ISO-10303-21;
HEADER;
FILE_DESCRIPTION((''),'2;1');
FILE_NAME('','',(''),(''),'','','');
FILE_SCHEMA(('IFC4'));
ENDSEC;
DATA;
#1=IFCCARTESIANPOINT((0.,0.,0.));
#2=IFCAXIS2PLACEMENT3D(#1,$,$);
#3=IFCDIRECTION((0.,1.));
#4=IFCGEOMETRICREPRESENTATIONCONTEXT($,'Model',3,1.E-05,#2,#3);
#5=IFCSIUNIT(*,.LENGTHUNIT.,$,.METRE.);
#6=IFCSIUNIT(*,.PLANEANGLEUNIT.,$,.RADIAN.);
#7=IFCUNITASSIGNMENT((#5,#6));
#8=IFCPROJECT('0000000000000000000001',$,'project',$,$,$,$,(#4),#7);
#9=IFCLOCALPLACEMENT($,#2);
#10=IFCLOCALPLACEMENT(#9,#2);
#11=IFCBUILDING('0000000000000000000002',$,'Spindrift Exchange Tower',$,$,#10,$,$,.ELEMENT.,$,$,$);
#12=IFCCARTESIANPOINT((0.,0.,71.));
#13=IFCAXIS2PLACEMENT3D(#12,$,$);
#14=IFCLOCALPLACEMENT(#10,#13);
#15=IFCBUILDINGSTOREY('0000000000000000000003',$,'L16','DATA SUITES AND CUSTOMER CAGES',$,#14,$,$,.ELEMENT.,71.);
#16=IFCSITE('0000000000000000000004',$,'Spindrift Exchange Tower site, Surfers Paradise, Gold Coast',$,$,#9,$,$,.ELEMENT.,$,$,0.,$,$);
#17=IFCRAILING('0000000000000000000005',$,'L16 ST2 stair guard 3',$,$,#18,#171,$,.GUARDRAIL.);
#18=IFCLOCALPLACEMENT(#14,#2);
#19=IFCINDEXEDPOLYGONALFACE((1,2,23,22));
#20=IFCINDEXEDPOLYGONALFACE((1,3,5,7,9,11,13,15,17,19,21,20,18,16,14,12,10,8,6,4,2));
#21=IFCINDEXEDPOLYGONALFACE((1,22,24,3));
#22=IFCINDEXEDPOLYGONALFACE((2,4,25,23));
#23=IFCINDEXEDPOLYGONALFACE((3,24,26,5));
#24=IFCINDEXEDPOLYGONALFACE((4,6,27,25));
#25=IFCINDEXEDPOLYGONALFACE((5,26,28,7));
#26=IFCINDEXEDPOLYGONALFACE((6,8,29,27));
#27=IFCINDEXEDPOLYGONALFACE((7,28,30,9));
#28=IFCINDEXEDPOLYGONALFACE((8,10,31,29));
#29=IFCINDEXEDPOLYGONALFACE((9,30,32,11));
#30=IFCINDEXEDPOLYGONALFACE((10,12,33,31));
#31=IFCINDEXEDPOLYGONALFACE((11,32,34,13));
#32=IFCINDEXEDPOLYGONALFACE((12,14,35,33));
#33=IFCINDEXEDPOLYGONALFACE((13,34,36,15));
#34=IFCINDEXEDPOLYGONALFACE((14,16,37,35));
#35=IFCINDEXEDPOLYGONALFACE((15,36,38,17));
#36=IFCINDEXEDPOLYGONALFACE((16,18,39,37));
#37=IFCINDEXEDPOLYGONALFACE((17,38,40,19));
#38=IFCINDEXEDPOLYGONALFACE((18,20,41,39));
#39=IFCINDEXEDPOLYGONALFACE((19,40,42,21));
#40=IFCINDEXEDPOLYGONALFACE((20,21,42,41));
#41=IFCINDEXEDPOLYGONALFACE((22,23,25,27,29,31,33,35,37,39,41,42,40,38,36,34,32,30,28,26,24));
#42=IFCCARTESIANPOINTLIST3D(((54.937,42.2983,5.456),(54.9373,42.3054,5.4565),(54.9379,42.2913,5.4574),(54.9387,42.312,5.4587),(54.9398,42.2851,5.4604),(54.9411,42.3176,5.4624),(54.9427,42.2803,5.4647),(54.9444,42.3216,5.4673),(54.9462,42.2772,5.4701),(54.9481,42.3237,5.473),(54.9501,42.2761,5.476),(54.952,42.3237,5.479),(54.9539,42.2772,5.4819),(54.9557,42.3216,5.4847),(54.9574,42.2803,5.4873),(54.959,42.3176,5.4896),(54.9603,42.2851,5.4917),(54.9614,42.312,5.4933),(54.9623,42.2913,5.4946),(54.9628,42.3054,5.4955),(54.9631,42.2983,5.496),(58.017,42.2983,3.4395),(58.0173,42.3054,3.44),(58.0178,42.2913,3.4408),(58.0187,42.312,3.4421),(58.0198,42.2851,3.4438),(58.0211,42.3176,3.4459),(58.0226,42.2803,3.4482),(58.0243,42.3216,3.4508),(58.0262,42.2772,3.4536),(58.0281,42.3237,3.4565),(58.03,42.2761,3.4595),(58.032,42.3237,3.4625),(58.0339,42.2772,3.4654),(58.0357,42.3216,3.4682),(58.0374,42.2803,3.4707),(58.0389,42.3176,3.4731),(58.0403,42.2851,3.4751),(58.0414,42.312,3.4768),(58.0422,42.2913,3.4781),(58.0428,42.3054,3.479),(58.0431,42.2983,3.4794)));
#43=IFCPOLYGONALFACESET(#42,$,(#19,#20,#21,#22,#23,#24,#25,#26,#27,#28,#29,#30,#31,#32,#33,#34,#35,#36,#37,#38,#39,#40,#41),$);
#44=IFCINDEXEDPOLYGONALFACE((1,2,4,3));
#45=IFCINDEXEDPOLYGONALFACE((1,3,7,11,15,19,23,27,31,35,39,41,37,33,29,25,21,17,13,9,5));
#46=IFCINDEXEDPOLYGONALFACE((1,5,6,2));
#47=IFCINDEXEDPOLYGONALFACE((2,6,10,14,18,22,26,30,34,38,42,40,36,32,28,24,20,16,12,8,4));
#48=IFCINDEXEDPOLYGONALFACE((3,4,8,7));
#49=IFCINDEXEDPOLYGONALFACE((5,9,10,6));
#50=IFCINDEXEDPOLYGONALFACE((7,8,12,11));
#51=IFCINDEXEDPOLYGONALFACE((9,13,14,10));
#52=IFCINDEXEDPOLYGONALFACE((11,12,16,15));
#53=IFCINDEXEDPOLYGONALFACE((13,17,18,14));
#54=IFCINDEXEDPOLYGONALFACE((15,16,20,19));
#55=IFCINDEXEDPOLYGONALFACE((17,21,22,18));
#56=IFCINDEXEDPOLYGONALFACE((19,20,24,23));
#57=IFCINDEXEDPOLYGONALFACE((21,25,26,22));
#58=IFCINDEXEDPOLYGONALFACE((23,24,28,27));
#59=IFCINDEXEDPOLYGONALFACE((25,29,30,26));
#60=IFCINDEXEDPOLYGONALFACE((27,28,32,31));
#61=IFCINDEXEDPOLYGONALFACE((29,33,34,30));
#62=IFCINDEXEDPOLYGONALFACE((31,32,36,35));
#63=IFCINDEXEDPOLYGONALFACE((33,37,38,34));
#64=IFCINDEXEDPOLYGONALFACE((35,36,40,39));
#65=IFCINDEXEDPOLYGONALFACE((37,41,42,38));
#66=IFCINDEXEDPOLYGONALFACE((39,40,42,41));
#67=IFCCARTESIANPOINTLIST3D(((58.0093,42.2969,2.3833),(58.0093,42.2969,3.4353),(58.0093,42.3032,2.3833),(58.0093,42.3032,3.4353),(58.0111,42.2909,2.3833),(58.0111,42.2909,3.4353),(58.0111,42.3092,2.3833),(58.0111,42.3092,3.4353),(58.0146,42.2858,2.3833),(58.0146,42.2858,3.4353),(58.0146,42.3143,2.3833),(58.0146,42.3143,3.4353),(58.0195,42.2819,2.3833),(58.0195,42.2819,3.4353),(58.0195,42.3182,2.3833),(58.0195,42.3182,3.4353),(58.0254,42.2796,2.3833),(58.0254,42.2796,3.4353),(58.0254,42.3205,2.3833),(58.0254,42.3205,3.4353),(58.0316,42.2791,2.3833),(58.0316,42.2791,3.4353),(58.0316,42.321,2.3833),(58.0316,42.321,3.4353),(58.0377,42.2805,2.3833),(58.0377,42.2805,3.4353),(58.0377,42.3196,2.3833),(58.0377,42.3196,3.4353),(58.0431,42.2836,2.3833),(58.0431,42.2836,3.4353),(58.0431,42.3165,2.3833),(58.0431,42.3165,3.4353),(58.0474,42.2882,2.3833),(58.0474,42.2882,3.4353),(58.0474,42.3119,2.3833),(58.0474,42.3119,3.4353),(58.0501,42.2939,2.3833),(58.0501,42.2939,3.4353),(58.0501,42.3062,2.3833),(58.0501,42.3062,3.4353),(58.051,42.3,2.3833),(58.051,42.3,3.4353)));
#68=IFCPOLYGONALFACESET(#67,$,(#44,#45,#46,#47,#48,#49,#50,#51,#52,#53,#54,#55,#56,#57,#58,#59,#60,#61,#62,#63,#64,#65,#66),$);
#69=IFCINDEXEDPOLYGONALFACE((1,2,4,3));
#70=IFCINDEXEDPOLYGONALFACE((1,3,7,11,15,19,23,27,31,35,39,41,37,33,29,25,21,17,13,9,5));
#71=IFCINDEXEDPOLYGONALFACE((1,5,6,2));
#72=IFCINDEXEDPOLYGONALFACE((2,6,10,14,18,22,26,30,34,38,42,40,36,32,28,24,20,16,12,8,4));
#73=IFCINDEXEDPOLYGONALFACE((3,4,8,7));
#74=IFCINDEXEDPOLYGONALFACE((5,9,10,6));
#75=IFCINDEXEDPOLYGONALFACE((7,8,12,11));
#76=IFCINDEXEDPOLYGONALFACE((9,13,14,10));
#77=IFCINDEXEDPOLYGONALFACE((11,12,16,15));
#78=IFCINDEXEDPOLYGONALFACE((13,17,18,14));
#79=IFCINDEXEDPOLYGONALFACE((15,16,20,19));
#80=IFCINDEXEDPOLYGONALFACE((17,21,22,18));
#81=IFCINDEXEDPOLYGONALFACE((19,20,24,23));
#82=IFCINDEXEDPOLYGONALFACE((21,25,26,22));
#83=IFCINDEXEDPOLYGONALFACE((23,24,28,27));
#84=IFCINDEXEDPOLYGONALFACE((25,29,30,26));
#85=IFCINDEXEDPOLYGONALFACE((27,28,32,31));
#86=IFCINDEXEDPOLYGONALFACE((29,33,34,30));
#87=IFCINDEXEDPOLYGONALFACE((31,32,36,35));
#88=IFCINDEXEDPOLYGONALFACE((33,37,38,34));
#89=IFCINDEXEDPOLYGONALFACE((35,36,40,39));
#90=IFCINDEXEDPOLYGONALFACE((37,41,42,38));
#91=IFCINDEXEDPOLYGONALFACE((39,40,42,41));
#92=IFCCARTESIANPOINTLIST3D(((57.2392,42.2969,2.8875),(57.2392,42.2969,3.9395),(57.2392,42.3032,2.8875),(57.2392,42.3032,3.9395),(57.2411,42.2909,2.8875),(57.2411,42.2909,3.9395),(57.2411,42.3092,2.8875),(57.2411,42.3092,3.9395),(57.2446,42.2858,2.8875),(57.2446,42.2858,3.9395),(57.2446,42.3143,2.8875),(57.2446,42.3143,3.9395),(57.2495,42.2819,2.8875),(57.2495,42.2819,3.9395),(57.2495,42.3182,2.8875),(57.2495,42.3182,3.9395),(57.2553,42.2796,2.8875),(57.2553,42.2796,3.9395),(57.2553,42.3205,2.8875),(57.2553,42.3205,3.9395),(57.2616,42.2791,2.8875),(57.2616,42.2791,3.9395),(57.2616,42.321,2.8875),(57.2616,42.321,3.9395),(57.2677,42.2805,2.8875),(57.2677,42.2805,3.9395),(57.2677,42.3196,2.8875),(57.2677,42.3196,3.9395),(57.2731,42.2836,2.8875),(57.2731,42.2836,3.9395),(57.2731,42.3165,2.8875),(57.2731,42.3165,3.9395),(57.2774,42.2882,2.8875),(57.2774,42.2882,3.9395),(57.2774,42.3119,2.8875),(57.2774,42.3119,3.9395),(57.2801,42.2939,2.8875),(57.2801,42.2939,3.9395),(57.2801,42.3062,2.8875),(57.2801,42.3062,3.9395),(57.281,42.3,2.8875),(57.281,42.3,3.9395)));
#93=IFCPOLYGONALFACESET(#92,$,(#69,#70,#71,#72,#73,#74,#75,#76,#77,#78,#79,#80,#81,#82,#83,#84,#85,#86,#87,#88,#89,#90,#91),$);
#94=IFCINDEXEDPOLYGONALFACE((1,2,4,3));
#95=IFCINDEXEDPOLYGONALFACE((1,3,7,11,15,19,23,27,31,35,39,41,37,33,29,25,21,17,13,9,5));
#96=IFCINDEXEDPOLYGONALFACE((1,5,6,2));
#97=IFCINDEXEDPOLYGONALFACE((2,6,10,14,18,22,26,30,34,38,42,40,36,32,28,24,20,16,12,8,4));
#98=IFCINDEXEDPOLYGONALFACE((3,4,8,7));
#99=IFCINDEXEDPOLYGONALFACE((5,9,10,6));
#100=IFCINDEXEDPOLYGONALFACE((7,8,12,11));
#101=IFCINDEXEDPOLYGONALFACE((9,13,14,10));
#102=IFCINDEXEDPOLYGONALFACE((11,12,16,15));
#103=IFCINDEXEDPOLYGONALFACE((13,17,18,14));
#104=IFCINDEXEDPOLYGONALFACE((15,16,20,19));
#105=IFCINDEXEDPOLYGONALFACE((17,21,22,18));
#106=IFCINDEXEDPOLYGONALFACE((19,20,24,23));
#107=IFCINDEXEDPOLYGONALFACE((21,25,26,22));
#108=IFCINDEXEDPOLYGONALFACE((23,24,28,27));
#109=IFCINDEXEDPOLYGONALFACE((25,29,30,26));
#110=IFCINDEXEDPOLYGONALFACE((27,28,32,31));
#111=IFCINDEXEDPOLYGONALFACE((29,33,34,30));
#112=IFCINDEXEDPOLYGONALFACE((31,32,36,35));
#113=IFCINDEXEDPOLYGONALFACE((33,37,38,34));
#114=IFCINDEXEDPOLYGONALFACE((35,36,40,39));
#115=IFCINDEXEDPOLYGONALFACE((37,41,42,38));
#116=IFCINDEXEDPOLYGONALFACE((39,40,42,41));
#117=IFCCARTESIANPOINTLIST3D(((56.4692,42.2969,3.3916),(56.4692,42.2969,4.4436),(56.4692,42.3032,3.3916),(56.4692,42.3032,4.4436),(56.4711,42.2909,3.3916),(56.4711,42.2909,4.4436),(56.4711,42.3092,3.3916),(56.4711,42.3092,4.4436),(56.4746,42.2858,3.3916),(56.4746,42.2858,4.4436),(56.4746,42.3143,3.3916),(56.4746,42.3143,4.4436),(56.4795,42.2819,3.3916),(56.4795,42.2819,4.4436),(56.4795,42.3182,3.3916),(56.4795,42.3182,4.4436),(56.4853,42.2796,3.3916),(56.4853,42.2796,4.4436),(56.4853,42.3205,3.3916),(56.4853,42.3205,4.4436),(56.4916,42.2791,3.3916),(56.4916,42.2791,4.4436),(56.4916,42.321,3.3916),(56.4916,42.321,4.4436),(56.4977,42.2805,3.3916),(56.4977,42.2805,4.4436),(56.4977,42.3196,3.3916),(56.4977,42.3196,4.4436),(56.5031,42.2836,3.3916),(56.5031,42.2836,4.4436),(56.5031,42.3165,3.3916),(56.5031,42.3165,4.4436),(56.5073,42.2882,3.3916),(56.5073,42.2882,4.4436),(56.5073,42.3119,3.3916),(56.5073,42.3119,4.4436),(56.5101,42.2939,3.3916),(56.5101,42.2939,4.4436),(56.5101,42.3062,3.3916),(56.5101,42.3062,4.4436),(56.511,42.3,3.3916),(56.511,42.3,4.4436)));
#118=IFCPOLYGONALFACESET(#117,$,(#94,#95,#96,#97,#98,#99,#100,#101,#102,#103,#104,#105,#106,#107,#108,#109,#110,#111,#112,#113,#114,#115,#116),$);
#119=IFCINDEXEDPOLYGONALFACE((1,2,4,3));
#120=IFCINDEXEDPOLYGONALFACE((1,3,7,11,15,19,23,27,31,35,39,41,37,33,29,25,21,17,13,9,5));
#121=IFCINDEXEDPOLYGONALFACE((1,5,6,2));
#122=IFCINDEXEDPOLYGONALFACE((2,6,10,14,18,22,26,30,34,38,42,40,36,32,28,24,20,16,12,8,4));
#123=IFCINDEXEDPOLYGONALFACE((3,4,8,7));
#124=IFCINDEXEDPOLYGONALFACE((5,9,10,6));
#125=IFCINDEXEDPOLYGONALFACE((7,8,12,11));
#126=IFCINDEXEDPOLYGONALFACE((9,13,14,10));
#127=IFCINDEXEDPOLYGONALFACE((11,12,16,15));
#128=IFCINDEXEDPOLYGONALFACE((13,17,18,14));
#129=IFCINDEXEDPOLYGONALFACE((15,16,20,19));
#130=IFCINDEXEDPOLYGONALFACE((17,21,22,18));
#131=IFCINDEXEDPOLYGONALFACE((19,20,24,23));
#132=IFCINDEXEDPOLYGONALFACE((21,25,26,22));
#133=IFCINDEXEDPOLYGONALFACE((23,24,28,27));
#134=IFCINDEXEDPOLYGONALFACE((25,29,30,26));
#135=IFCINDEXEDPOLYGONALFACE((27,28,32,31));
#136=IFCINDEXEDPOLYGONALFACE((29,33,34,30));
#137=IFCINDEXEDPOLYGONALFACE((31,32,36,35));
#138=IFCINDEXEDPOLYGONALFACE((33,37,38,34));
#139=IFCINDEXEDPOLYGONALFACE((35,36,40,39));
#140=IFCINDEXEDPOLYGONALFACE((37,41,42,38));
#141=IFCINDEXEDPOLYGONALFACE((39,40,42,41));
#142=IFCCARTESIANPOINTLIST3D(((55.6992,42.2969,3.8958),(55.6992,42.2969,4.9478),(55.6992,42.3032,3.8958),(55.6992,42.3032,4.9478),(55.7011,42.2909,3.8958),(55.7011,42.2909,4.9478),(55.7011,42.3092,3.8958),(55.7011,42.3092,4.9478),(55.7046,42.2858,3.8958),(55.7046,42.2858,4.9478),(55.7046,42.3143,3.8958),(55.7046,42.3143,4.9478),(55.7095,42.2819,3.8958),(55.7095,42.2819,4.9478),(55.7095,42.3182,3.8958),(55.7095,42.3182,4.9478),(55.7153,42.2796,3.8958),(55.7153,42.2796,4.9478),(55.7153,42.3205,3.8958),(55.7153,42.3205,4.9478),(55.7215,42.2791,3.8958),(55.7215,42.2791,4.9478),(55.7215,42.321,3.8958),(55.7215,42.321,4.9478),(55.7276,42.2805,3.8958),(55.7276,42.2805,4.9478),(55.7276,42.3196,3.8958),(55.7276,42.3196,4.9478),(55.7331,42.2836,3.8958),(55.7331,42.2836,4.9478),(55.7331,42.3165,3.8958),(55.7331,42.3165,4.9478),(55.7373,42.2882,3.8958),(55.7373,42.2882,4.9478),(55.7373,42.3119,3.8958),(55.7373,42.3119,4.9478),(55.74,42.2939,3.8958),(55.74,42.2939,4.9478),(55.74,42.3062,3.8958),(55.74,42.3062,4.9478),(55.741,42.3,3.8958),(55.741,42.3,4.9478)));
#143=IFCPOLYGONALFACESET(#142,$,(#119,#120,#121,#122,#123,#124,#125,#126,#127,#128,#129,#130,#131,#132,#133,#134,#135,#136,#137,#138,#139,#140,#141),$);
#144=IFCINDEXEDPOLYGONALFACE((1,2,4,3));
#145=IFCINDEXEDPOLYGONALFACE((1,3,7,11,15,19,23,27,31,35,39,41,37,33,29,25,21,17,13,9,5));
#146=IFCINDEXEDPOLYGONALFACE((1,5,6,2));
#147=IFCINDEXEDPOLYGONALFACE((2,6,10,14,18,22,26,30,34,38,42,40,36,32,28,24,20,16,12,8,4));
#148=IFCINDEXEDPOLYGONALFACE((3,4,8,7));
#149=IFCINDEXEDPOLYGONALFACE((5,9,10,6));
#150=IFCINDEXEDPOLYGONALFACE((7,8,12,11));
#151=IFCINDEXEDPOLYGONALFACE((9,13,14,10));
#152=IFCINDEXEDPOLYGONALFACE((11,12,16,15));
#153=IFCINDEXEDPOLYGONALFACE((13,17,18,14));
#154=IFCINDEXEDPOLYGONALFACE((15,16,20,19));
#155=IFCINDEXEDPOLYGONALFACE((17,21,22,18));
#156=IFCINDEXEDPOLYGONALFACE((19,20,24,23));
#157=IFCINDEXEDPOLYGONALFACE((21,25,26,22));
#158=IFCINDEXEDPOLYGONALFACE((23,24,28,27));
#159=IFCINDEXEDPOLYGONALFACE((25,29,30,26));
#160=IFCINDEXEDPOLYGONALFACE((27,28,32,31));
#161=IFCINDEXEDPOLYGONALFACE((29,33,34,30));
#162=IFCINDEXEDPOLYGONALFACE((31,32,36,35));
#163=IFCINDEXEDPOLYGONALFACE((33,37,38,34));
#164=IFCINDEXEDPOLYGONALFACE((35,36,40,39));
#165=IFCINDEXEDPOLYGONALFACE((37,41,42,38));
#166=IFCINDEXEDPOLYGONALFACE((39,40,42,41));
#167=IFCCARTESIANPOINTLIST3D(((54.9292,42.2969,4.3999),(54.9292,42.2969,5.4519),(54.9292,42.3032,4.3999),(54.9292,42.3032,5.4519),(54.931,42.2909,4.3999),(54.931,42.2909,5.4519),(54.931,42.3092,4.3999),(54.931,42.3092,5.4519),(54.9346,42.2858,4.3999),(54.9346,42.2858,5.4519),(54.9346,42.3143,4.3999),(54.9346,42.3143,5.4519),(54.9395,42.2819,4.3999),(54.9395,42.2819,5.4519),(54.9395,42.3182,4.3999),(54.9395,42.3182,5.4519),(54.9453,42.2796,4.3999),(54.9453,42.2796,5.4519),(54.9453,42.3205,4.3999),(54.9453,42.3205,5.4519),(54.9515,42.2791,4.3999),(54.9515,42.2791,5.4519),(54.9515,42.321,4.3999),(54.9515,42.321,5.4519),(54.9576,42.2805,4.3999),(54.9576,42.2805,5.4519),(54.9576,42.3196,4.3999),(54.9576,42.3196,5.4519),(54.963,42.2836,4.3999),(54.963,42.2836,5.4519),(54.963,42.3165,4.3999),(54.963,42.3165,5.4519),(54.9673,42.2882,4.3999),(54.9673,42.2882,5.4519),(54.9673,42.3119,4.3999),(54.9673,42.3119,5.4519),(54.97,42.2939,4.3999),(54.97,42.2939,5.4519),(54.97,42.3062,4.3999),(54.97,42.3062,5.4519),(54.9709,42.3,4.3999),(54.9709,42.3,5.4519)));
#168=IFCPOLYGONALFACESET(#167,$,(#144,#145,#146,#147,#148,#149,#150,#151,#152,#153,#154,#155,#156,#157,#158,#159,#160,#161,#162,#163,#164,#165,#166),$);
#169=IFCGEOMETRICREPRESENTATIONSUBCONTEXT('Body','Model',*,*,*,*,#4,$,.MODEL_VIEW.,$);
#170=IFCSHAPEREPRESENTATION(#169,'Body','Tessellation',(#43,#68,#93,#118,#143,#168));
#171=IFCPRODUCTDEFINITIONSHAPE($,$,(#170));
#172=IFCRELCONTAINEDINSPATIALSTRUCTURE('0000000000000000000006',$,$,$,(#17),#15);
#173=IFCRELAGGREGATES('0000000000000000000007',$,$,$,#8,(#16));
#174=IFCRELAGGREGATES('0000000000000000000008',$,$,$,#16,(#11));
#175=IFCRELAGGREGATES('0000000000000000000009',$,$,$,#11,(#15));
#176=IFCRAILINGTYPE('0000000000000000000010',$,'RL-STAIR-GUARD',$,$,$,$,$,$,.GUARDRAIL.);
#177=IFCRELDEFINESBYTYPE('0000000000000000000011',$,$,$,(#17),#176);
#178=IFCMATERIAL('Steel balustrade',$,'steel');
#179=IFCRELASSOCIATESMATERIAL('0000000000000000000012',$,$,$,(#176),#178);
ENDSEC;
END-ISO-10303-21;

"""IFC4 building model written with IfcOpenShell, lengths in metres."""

from ifc_helpers import new_model, si_unit, direction, frame, origin, origin_2d, place, context, subcontext, project, spatial, circle, extrude, material, type_object, element, save


model = new_model("IFC4")

# Units and contexts
model_context = context("Model", 3, precision=1e-05, world=origin(), true_north=direction((0.0, 1.0)))
body_context = subcontext(model_context, "Body", "Model", "MODEL_VIEW")
ifc_project = project(units=[si_unit("LENGTHUNIT", "METRE"), si_unit("PLANEANGLEUNIT", "RADIAN")], contexts=[model_context])

# Site, building, storey
site_placement = place(None, origin())
site = spatial("IfcSite", under=ifc_project, at=site_placement, Name="Spindrift Exchange Tower site, Surfers Paradise, Gold Coast", CompositionType="ELEMENT", RefElevation=0.0)
building_placement = place(site_placement, origin())
building = spatial("IfcBuilding", under=site, at=building_placement, Name="Spindrift Exchange Tower", CompositionType="ELEMENT")
storey_placement = place(building_placement, frame((0.0, 0.0, 71.0)))
storey = spatial("IfcBuildingStorey", under=building, at=storey_placement, Name="L16", Description="DATA SUITES AND CUSTOMER CAGES", CompositionType="ELEMENT", Elevation=71.0)

# Railing
ifc_material_1 = material(Name="Steel balustrade", Category="steel")
railing_type_1 = type_object("IfcRailingType", Name="RL-STAIR-GUARD", PredefinedType="GUARDRAIL", material=ifc_material_1)
railing_1_placement = place(storey_placement, frame((58.03, 42.3, 2.3833)))
element("IfcRailing", 1, at=railing_1_placement, inside=storey, type_object=railing_type_1, Name="L16 ST2 stair guard 3", PredefinedType="GUARDRAIL", context=body_context, shape_type="SweptSolid", body=[
    extrude(circle(Radius=0.0239, at=origin_2d()), frame((0.0, 0.0, 1.0762), z_axis=(-0.836633, 0.0, 0.547764), x_axis=(0.0, -1.0, 0.0)), (0.0, 0.0, 1.0), 3.6814),
    extrude(circle(Radius=0.021, at=origin_2d()), origin(), (0.0, 0.0, 1.0), 1.052),
    extrude(circle(Radius=0.021, at=origin_2d()), frame((-0.77, 0.0, 0.5042)), (0.0, 0.0, 1.0), 1.052),
    extrude(circle(Radius=0.021, at=origin_2d()), frame((-1.54, 0.0, 1.0083)), (0.0, 0.0, 1.0), 1.052),
    extrude(circle(Radius=0.021, at=origin_2d()), frame((-2.3101, 0.0, 1.5125)), (0.0, 0.0, 1.0), 1.052),
    extrude(circle(Radius=0.021, at=origin_2d()), frame((-3.0801, 0.0, 2.0166)), (0.0, 0.0, 1.0), 1.052),
])

save(model, "model.ifc")
